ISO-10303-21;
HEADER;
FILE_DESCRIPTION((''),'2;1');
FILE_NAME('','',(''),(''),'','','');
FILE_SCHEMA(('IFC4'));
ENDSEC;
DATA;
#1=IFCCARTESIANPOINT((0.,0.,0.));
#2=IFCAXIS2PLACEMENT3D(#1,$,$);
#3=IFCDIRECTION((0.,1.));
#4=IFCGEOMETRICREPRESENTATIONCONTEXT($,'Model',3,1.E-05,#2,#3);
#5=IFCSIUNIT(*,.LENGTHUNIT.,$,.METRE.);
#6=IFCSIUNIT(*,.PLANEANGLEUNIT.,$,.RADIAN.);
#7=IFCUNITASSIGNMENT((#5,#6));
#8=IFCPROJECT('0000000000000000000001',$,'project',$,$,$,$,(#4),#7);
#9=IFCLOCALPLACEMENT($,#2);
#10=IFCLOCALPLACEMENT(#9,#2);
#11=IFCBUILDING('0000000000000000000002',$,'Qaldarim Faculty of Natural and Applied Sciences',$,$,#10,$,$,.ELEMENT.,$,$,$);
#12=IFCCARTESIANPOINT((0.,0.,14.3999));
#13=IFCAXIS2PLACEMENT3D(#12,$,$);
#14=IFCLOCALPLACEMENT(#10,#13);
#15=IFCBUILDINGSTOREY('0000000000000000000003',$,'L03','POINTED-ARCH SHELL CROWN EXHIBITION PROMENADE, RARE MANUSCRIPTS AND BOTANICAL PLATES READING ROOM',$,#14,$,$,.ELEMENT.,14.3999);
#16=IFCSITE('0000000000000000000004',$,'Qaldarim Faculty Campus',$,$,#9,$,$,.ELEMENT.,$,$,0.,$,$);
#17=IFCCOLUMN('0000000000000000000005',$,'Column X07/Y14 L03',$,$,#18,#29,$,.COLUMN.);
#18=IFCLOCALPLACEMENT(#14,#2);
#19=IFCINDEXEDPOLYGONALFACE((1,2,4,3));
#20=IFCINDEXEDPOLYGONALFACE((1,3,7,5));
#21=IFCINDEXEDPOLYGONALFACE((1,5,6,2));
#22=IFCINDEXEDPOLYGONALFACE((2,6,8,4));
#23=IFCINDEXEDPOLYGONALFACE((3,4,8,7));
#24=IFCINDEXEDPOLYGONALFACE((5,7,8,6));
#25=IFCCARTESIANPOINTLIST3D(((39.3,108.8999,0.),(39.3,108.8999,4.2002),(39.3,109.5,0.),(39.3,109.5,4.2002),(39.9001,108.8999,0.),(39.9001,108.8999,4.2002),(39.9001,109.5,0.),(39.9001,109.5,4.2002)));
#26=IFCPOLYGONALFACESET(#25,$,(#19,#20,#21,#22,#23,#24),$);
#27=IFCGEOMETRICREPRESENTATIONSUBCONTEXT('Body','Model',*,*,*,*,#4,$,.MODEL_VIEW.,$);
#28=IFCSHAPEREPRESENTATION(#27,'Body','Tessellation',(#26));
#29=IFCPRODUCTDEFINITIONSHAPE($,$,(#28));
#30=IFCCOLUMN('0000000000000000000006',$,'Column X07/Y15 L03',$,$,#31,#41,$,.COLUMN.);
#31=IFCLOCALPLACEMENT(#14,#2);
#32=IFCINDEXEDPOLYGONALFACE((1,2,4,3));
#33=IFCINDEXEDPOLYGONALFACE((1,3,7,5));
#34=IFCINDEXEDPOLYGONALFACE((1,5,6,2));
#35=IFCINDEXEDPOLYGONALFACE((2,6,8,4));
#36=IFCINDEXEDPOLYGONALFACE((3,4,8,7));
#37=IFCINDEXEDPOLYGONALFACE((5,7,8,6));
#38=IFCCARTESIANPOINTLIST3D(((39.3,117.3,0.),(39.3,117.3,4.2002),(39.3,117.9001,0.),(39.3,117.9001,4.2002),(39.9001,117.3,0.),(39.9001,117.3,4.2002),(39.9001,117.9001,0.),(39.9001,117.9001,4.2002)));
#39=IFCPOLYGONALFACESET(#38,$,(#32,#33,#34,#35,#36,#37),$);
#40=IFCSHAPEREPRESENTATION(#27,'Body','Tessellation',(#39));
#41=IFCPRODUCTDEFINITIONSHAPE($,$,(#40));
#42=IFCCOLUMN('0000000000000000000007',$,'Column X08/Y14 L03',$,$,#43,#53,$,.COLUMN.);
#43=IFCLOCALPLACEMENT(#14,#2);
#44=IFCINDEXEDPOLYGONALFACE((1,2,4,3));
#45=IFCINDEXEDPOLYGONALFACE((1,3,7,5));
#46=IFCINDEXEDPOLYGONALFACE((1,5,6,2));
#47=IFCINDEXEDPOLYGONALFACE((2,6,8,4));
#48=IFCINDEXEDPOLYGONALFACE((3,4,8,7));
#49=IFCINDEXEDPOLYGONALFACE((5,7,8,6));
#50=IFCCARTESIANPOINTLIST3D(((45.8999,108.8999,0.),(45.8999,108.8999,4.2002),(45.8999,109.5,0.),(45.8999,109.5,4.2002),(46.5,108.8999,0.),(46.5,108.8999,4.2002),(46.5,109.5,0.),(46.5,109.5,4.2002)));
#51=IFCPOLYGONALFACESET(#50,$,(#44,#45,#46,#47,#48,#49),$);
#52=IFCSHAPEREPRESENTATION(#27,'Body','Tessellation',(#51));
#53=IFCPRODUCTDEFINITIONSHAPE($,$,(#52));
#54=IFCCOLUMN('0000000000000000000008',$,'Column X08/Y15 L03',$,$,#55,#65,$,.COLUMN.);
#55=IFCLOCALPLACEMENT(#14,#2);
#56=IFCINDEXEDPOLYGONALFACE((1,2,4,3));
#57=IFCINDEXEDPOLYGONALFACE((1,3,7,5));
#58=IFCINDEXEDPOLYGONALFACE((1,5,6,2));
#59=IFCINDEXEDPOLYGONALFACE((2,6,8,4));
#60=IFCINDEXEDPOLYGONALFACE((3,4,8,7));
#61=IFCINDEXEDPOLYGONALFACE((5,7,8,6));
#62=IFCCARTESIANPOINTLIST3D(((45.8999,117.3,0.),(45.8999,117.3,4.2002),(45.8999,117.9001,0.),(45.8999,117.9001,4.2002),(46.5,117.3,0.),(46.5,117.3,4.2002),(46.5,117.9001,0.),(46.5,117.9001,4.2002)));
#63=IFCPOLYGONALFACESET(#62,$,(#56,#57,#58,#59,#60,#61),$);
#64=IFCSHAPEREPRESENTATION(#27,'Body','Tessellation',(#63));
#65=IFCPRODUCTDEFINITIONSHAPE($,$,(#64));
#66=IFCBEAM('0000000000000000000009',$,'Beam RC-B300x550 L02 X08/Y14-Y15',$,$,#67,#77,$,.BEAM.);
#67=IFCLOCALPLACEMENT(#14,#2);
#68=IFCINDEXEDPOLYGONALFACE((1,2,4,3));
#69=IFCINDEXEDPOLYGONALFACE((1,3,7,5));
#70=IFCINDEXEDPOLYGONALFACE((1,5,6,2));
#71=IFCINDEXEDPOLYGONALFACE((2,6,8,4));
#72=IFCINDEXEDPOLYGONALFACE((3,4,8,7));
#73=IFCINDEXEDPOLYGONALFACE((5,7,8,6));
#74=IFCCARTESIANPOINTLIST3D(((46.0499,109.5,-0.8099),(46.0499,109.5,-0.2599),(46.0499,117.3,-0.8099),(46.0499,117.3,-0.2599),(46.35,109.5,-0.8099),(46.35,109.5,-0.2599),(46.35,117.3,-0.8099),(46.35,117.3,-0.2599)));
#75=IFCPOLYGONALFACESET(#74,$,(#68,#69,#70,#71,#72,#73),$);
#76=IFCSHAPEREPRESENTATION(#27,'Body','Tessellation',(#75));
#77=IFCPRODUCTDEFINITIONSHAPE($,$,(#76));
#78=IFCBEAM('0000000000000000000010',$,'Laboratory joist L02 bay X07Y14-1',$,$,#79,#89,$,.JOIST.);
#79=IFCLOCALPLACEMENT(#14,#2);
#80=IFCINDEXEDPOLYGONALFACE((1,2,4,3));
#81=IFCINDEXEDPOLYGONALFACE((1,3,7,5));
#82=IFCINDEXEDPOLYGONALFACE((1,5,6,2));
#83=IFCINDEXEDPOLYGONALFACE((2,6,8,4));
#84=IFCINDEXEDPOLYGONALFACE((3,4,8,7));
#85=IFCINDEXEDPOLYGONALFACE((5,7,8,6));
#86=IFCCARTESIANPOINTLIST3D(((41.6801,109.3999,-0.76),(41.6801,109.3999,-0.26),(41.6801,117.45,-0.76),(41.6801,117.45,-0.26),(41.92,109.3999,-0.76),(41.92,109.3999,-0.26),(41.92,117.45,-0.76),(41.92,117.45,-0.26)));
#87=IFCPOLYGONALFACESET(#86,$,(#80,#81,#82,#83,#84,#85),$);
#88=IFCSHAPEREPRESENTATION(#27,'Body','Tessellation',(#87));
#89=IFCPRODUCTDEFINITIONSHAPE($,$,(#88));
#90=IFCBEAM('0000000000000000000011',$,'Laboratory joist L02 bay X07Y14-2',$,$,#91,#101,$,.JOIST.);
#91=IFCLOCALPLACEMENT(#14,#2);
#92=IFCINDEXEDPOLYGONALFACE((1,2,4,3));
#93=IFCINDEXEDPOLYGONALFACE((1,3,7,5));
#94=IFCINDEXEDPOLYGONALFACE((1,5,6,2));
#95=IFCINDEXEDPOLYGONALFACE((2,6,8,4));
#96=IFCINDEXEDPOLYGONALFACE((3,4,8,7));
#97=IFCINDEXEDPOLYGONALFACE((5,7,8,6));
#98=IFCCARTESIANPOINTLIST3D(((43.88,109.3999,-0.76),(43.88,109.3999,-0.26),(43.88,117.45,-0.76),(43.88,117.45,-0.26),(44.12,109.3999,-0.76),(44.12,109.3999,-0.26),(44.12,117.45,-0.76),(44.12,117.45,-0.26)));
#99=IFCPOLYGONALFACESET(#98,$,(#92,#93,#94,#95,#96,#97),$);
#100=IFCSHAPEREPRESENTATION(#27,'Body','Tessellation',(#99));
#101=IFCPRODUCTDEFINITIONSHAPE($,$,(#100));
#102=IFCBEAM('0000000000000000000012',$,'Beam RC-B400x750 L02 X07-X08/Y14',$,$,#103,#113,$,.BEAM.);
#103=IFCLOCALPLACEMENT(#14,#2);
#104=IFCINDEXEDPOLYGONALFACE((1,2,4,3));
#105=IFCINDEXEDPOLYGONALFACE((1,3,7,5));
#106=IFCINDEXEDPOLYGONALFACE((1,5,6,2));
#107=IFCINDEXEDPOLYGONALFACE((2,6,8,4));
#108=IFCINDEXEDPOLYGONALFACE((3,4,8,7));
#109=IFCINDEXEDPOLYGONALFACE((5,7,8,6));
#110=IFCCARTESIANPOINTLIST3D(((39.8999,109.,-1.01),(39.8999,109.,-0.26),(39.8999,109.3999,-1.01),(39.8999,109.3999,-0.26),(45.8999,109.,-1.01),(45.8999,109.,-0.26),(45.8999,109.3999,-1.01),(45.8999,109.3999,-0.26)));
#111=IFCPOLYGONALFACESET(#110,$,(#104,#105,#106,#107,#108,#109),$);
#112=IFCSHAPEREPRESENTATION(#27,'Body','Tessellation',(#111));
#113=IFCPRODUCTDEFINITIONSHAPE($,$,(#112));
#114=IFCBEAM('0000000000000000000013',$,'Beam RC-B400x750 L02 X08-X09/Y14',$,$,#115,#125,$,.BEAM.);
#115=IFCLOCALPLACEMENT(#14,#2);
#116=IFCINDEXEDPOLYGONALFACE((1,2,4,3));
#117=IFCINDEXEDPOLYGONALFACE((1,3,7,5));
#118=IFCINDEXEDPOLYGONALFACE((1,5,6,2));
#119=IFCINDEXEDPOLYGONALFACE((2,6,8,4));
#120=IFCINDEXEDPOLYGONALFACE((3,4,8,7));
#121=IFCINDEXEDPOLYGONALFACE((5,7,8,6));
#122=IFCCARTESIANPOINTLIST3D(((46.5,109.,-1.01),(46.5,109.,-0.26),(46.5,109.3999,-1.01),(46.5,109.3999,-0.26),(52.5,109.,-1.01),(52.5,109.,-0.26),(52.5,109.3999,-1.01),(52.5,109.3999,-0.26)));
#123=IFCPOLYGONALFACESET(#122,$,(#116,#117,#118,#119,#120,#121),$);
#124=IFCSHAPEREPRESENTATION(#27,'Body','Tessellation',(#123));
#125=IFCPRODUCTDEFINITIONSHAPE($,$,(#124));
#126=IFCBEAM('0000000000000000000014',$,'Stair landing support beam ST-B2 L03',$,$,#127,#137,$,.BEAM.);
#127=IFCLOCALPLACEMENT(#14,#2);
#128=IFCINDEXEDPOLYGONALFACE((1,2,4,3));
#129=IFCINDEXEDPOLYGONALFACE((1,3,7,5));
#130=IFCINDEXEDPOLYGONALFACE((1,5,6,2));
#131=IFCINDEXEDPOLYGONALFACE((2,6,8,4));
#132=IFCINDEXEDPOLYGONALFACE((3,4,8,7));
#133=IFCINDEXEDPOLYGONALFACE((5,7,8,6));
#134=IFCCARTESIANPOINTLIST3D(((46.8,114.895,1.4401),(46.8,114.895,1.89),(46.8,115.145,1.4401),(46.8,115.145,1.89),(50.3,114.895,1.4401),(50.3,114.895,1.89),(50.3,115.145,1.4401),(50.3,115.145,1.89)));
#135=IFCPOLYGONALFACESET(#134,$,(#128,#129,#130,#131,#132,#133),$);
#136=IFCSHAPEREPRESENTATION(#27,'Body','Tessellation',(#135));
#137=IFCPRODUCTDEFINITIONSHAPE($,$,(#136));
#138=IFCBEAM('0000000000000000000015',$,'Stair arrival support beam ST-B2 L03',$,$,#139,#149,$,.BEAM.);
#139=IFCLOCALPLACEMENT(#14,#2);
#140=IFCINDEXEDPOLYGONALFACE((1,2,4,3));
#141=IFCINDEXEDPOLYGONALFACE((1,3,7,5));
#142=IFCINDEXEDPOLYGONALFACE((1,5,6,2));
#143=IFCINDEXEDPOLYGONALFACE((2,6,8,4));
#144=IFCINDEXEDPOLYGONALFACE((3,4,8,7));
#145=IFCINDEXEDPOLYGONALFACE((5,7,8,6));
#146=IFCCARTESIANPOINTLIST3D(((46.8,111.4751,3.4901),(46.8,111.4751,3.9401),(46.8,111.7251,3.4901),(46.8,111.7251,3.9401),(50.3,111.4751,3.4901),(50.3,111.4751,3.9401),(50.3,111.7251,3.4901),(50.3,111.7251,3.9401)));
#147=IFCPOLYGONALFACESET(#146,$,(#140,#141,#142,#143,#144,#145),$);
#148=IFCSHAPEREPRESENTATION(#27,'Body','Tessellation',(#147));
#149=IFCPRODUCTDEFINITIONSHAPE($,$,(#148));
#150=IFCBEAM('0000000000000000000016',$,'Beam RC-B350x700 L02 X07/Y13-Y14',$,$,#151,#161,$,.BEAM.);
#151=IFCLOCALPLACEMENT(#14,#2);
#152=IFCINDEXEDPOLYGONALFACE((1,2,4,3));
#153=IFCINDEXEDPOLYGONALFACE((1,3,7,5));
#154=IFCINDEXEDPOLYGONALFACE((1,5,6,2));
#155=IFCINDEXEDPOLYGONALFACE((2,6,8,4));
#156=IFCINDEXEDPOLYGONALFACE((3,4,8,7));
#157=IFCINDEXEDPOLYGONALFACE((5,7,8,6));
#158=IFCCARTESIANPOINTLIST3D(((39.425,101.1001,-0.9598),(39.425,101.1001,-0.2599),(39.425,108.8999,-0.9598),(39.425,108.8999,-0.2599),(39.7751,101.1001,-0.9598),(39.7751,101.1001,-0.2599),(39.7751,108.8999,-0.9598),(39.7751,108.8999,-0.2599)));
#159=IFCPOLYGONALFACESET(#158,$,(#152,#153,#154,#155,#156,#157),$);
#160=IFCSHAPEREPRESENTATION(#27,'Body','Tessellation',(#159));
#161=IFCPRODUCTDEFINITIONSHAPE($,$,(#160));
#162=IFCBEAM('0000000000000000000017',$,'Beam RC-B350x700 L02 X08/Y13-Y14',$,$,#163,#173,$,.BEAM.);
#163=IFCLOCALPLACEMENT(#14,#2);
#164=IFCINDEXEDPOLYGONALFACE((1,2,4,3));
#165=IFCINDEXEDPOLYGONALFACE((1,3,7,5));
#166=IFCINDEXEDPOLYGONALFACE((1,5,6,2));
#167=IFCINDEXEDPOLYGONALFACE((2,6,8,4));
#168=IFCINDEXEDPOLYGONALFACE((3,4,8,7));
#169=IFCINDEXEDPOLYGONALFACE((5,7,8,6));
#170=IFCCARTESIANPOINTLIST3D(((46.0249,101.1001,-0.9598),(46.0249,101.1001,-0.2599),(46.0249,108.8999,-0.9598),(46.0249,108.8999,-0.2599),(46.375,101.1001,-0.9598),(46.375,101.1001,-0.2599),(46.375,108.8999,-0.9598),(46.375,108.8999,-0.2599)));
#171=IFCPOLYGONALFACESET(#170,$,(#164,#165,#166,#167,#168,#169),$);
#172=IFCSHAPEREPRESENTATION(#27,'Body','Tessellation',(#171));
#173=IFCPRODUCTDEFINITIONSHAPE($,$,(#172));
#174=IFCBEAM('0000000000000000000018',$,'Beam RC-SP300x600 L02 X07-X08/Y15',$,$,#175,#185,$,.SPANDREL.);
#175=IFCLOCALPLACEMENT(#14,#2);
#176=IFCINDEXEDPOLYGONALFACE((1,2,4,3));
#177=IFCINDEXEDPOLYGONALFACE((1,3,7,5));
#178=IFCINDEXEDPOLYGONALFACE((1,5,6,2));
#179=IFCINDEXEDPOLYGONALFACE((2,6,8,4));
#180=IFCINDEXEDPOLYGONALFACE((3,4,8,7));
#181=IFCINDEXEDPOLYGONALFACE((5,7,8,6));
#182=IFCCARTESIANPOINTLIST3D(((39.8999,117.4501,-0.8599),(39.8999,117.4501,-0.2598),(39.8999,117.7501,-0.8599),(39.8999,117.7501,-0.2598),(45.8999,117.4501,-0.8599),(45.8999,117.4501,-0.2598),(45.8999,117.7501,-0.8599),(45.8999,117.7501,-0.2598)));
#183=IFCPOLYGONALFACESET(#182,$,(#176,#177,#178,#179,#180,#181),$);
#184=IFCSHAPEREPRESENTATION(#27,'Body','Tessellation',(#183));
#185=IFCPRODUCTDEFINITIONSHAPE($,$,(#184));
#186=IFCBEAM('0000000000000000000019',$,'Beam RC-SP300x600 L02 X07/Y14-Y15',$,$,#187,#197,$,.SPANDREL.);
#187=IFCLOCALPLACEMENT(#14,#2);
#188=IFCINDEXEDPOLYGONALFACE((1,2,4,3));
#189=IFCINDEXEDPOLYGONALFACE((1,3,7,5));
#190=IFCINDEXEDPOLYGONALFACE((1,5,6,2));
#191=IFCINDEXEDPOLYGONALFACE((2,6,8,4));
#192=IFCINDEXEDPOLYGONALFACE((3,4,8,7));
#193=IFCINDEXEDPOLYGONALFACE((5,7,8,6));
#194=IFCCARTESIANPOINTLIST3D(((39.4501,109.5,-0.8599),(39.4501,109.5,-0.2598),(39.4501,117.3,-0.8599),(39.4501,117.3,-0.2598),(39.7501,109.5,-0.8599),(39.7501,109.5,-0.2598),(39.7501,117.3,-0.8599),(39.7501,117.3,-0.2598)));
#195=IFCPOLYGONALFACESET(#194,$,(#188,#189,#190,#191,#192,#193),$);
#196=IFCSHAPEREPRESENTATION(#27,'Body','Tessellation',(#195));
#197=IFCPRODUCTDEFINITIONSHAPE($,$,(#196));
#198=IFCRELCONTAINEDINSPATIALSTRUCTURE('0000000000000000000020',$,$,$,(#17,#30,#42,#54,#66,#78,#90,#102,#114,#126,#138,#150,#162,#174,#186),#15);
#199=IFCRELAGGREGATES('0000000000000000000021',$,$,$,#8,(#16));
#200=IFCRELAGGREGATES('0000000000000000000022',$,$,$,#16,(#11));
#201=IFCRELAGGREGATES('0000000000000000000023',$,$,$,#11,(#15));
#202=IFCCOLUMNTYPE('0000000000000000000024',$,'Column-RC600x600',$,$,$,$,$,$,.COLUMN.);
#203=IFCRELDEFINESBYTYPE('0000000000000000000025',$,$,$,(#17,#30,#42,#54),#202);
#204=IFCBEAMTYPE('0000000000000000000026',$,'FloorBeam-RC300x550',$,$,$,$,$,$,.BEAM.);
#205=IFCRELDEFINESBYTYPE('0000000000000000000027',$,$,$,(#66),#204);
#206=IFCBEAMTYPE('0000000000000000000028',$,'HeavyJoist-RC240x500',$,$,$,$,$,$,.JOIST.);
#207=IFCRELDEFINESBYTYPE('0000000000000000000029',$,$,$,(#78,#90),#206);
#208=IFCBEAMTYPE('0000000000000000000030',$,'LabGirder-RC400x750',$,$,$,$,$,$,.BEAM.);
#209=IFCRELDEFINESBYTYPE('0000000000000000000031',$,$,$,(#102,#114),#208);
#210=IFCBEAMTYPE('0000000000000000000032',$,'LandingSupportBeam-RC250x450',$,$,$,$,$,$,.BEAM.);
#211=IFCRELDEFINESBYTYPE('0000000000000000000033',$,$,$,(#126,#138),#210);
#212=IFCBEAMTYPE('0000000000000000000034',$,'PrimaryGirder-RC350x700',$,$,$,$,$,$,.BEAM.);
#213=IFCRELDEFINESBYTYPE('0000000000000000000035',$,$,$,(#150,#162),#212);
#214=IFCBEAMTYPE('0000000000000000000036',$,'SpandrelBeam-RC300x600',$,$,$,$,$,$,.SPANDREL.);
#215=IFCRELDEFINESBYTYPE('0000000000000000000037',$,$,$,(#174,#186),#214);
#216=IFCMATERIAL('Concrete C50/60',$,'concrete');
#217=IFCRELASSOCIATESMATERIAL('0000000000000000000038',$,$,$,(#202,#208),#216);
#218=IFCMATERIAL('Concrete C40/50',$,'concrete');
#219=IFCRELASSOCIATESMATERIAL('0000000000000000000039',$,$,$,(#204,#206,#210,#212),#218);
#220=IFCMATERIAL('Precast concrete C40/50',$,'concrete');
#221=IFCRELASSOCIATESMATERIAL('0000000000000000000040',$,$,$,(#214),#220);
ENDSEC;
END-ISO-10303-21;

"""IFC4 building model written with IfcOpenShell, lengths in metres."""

from ifc_helpers import new_model, si_unit, direction, frame, origin, origin_2d, place, context, subcontext, project, spatial, rectangle, extrude, material, material_profile, profile_set, type_object, element, save


model = new_model("IFC4")

# Units and contexts
model_context = context("Model", 3, precision=1e-05, world=origin(), true_north=direction((0.0, 1.0)))
body_context = subcontext(model_context, "Body", "Model", "MODEL_VIEW")
ifc_project = project(units=[si_unit("LENGTHUNIT", "METRE"), si_unit("PLANEANGLEUNIT", "RADIAN")], contexts=[model_context])

# Site, building, storey
site_placement = place(None, origin())
site = spatial("IfcSite", under=ifc_project, at=site_placement, Name="Qaldarim Faculty Campus", CompositionType="ELEMENT", RefElevation=0.0)
building_placement = place(site_placement, origin())
building = spatial("IfcBuilding", under=site, at=building_placement, Name="Qaldarim Faculty of Natural and Applied Sciences", CompositionType="ELEMENT")
storey_placement = place(building_placement, frame((0.0, 0.0, 14.3999)))
storey = spatial("IfcBuildingStorey", under=building, at=storey_placement, Name="L03", Description="POINTED-ARCH SHELL CROWN EXHIBITION PROMENADE, RARE MANUSCRIPTS AND BOTANICAL PLATES READING ROOM", CompositionType="ELEMENT", Elevation=14.3999)

# Columns
ifc_material_1 = material(Name="Concrete C50/60", Category="concrete")
ifc_material_profile_1 = material_profile(ifc_material_1, rectangle(XDim=0.6001, YDim=0.6001, at=origin_2d()), Name="RC-C600x600")
ifc_profile_set_1 = profile_set([ifc_material_profile_1], Name="Concrete C50/60")
column_type = type_object("IfcColumnType", Name="Column-RC600x600", PredefinedType="COLUMN", material=ifc_profile_set_1)
for number, where, z_axis, x_axis, name in (
    (1, (39.6001, 109.2, 0.0), (0.0, 0.0, 1.0), (1.0, 0.0, 0.0), "Column X07/Y14 L03"),
    (2, (39.6001, 117.6001, 0.0), (0.0, 0.0, 1.0), (1.0, 0.0, 0.0), "Column X07/Y15 L03"),
    (3, (46.2, 109.2, 0.0), (0.0, 0.0, 1.0), (1.0, 0.0, 0.0), "Column X08/Y14 L03"),
    (4, (46.2, 117.6001, 0.0), (0.0, 0.0, 1.0), (1.0, 0.0, 0.0), "Column X08/Y15 L03"),
):
    element("IfcColumn", number, at=place(storey_placement, frame(where, z_axis=z_axis, x_axis=x_axis)), inside=storey, type_object=column_type, Name=name, PredefinedType="COLUMN", context=body_context, shape_type="SweptSolid", body=[
        extrude(rectangle(XDim=0.6001, YDim=0.6001, at=origin_2d()), origin(), (0.0, 0.0, 1.0), 4.2002),
    ])

# Beams
ifc_material_2 = material(Name="Concrete C40/50", Category="concrete")
ifc_material_profile_2 = material_profile(ifc_material_2, rectangle(XDim=0.3, YDim=0.55, at=origin_2d()), Name="RC-B300x550")
ifc_profile_set_2 = profile_set([ifc_material_profile_2], Name="Concrete C40/50")
beam_type_1 = type_object("IfcBeamType", Name="FloorBeam-RC300x550", PredefinedType="BEAM", material=ifc_profile_set_2)
beam_1_placement = place(storey_placement, frame((46.2, 109.5, -0.5349), z_axis=(0.0, 1.0, 0.0), x_axis=(-1.0, 0.0, 0.0)))
element("IfcBeam", 5, at=beam_1_placement, inside=storey, type_object=beam_type_1, Name="Beam RC-B300x550 L02 X08/Y14-Y15", PredefinedType="BEAM", context=body_context, shape_type="SweptSolid", body=[
    extrude(rectangle(XDim=0.3, YDim=0.55, at=origin_2d()), origin(), (0.0, 0.0, 1.0), 7.8),
])
ifc_material_profile_3 = material_profile(ifc_material_2, rectangle(XDim=0.24, YDim=0.5, at=origin_2d()), Name="RC-J240x500")
ifc_profile_set_3 = profile_set([ifc_material_profile_3], Name="Concrete C40/50")
beam_type_2 = type_object("IfcBeamType", Name="HeavyJoist-RC240x500", PredefinedType="JOIST", material=ifc_profile_set_3)
for number, where, z_axis, x_axis, name in (
    (6, (41.8, 109.3999, -0.51), (0.0, 1.0, 0.0), (-1.0, 0.0, 0.0), "Laboratory joist L02 bay X07Y14-1"),
    (7, (44.0, 109.3999, -0.51), (0.0, 1.0, 0.0), (-1.0, 0.0, 0.0), "Laboratory joist L02 bay X07Y14-2"),
):
    element("IfcBeam", number, at=place(storey_placement, frame(where, z_axis=z_axis, x_axis=x_axis)), inside=storey, type_object=beam_type_2, Name=name, PredefinedType="JOIST", context=body_context, shape_type="SweptSolid", body=[
        extrude(rectangle(XDim=0.24, YDim=0.5, at=origin_2d()), origin(), (0.0, 0.0, 1.0), 8.05),
    ])
ifc_material_profile_4 = material_profile(ifc_material_1, rectangle(XDim=0.3999, YDim=0.75, at=origin_2d()), Name="RC-B400x750")
ifc_profile_set_4 = profile_set([ifc_material_profile_4], Name="Concrete C50/60")
beam_type_3 = type_object("IfcBeamType", Name="LabGirder-RC400x750", PredefinedType="BEAM", material=ifc_profile_set_4)
for number, where, z_axis, x_axis, name in (
    (8, (39.8999, 109.2, -0.635), (1.0, 0.0, 0.0), (0.0, 1.0, 0.0), "Beam RC-B400x750 L02 X07-X08/Y14"),
    (9, (46.5, 109.2, -0.635), (1.0, 0.0, 0.0), (0.0, 1.0, 0.0), "Beam RC-B400x750 L02 X08-X09/Y14"),
):
    element("IfcBeam", number, at=place(storey_placement, frame(where, z_axis=z_axis, x_axis=x_axis)), inside=storey, type_object=beam_type_3, Name=name, PredefinedType="BEAM", context=body_context, shape_type="SweptSolid", body=[
        extrude(rectangle(XDim=0.3999, YDim=0.75, at=origin_2d()), origin(), (0.0, 0.0, 1.0), 6.0),
    ])
ifc_material_profile_5 = material_profile(ifc_material_2, rectangle(XDim=0.25, YDim=0.45, at=origin_2d()), Name="RC-LN250x450")
ifc_profile_set_5 = profile_set([ifc_material_profile_5], Name="Concrete C40/50")
beam_type_4 = type_object("IfcBeamType", Name="LandingSupportBeam-RC250x450", PredefinedType="BEAM", material=ifc_profile_set_5)
for number, where, z_axis, x_axis, name in (
    (10, (46.8, 115.02, 1.665), (1.0, 0.0, 0.0), (0.0, 1.0, 0.0), "Stair landing support beam ST-B2 L03"),
    (11, (46.8, 111.6001, 3.7151), (1.0, 0.0, 0.0), (0.0, 1.0, 0.0), "Stair arrival support beam ST-B2 L03"),
):
    element("IfcBeam", number, at=place(storey_placement, frame(where, z_axis=z_axis, x_axis=x_axis)), inside=storey, type_object=beam_type_4, Name=name, PredefinedType="BEAM", context=body_context, shape_type="SweptSolid", body=[
        extrude(rectangle(XDim=0.25, YDim=0.45, at=origin_2d()), origin(), (0.0, 0.0, 1.0), 3.5),
    ])
ifc_material_profile_6 = material_profile(ifc_material_2, rectangle(XDim=0.3501, YDim=0.7, at=origin_2d()), Name="RC-B350x700")
ifc_profile_set_6 = profile_set([ifc_material_profile_6], Name="Concrete C40/50")
beam_type_5 = type_object("IfcBeamType", Name="PrimaryGirder-RC350x700", PredefinedType="BEAM", material=ifc_profile_set_6)
for number, where, z_axis, x_axis, name in (
    (12, (39.6001, 101.1001, -0.6099), (0.0, 1.0, 0.0), (-1.0, 0.0, 0.0), "Beam RC-B350x700 L02 X07/Y13-Y14"),
    (13, (46.2, 101.1001, -0.6099), (0.0, 1.0, 0.0), (-1.0, 0.0, 0.0), "Beam RC-B350x700 L02 X08/Y13-Y14"),
):
    element("IfcBeam", number, at=place(storey_placement, frame(where, z_axis=z_axis, x_axis=x_axis)), inside=storey, type_object=beam_type_5, Name=name, PredefinedType="BEAM", context=body_context, shape_type="SweptSolid", body=[
        extrude(rectangle(XDim=0.3501, YDim=0.7, at=origin_2d()), origin(), (0.0, 0.0, 1.0), 7.7998),
    ])
ifc_material_3 = material(Name="Precast concrete C40/50", Category="concrete")
ifc_material_profile_7 = material_profile(ifc_material_3, rectangle(XDim=0.3, YDim=0.6001, at=origin_2d()), Name="RC-SP300x600")
ifc_profile_set_7 = profile_set([ifc_material_profile_7], Name="Precast concrete C40/50")
beam_type_6 = type_object("IfcBeamType", Name="SpandrelBeam-RC300x600", PredefinedType="SPANDREL", material=ifc_profile_set_7)
beam_2_placement = place(storey_placement, frame((39.8999, 117.6001, -0.5598), z_axis=(1.0, 0.0, 0.0), x_axis=(0.0, 1.0, 0.0)))
element("IfcBeam", 14, at=beam_2_placement, inside=storey, type_object=beam_type_6, Name="Beam RC-SP300x600 L02 X07-X08/Y15", PredefinedType="SPANDREL", context=body_context, shape_type="SweptSolid", body=[
    extrude(rectangle(XDim=0.3, YDim=0.6001, at=origin_2d()), origin(), (0.0, 0.0, 1.0), 6.0),
])
beam_3_placement = place(storey_placement, frame((39.6001, 109.5, -0.5598), z_axis=(0.0, 1.0, 0.0), x_axis=(-1.0, 0.0, 0.0)))
element("IfcBeam", 15, at=beam_3_placement, inside=storey, type_object=beam_type_6, Name="Beam RC-SP300x600 L02 X07/Y14-Y15", PredefinedType="SPANDREL", context=body_context, shape_type="SweptSolid", body=[
    extrude(rectangle(XDim=0.3, YDim=0.6001, at=origin_2d()), origin(), (0.0, 0.0, 1.0), 7.8),
])

save(model, "model.ifc")
